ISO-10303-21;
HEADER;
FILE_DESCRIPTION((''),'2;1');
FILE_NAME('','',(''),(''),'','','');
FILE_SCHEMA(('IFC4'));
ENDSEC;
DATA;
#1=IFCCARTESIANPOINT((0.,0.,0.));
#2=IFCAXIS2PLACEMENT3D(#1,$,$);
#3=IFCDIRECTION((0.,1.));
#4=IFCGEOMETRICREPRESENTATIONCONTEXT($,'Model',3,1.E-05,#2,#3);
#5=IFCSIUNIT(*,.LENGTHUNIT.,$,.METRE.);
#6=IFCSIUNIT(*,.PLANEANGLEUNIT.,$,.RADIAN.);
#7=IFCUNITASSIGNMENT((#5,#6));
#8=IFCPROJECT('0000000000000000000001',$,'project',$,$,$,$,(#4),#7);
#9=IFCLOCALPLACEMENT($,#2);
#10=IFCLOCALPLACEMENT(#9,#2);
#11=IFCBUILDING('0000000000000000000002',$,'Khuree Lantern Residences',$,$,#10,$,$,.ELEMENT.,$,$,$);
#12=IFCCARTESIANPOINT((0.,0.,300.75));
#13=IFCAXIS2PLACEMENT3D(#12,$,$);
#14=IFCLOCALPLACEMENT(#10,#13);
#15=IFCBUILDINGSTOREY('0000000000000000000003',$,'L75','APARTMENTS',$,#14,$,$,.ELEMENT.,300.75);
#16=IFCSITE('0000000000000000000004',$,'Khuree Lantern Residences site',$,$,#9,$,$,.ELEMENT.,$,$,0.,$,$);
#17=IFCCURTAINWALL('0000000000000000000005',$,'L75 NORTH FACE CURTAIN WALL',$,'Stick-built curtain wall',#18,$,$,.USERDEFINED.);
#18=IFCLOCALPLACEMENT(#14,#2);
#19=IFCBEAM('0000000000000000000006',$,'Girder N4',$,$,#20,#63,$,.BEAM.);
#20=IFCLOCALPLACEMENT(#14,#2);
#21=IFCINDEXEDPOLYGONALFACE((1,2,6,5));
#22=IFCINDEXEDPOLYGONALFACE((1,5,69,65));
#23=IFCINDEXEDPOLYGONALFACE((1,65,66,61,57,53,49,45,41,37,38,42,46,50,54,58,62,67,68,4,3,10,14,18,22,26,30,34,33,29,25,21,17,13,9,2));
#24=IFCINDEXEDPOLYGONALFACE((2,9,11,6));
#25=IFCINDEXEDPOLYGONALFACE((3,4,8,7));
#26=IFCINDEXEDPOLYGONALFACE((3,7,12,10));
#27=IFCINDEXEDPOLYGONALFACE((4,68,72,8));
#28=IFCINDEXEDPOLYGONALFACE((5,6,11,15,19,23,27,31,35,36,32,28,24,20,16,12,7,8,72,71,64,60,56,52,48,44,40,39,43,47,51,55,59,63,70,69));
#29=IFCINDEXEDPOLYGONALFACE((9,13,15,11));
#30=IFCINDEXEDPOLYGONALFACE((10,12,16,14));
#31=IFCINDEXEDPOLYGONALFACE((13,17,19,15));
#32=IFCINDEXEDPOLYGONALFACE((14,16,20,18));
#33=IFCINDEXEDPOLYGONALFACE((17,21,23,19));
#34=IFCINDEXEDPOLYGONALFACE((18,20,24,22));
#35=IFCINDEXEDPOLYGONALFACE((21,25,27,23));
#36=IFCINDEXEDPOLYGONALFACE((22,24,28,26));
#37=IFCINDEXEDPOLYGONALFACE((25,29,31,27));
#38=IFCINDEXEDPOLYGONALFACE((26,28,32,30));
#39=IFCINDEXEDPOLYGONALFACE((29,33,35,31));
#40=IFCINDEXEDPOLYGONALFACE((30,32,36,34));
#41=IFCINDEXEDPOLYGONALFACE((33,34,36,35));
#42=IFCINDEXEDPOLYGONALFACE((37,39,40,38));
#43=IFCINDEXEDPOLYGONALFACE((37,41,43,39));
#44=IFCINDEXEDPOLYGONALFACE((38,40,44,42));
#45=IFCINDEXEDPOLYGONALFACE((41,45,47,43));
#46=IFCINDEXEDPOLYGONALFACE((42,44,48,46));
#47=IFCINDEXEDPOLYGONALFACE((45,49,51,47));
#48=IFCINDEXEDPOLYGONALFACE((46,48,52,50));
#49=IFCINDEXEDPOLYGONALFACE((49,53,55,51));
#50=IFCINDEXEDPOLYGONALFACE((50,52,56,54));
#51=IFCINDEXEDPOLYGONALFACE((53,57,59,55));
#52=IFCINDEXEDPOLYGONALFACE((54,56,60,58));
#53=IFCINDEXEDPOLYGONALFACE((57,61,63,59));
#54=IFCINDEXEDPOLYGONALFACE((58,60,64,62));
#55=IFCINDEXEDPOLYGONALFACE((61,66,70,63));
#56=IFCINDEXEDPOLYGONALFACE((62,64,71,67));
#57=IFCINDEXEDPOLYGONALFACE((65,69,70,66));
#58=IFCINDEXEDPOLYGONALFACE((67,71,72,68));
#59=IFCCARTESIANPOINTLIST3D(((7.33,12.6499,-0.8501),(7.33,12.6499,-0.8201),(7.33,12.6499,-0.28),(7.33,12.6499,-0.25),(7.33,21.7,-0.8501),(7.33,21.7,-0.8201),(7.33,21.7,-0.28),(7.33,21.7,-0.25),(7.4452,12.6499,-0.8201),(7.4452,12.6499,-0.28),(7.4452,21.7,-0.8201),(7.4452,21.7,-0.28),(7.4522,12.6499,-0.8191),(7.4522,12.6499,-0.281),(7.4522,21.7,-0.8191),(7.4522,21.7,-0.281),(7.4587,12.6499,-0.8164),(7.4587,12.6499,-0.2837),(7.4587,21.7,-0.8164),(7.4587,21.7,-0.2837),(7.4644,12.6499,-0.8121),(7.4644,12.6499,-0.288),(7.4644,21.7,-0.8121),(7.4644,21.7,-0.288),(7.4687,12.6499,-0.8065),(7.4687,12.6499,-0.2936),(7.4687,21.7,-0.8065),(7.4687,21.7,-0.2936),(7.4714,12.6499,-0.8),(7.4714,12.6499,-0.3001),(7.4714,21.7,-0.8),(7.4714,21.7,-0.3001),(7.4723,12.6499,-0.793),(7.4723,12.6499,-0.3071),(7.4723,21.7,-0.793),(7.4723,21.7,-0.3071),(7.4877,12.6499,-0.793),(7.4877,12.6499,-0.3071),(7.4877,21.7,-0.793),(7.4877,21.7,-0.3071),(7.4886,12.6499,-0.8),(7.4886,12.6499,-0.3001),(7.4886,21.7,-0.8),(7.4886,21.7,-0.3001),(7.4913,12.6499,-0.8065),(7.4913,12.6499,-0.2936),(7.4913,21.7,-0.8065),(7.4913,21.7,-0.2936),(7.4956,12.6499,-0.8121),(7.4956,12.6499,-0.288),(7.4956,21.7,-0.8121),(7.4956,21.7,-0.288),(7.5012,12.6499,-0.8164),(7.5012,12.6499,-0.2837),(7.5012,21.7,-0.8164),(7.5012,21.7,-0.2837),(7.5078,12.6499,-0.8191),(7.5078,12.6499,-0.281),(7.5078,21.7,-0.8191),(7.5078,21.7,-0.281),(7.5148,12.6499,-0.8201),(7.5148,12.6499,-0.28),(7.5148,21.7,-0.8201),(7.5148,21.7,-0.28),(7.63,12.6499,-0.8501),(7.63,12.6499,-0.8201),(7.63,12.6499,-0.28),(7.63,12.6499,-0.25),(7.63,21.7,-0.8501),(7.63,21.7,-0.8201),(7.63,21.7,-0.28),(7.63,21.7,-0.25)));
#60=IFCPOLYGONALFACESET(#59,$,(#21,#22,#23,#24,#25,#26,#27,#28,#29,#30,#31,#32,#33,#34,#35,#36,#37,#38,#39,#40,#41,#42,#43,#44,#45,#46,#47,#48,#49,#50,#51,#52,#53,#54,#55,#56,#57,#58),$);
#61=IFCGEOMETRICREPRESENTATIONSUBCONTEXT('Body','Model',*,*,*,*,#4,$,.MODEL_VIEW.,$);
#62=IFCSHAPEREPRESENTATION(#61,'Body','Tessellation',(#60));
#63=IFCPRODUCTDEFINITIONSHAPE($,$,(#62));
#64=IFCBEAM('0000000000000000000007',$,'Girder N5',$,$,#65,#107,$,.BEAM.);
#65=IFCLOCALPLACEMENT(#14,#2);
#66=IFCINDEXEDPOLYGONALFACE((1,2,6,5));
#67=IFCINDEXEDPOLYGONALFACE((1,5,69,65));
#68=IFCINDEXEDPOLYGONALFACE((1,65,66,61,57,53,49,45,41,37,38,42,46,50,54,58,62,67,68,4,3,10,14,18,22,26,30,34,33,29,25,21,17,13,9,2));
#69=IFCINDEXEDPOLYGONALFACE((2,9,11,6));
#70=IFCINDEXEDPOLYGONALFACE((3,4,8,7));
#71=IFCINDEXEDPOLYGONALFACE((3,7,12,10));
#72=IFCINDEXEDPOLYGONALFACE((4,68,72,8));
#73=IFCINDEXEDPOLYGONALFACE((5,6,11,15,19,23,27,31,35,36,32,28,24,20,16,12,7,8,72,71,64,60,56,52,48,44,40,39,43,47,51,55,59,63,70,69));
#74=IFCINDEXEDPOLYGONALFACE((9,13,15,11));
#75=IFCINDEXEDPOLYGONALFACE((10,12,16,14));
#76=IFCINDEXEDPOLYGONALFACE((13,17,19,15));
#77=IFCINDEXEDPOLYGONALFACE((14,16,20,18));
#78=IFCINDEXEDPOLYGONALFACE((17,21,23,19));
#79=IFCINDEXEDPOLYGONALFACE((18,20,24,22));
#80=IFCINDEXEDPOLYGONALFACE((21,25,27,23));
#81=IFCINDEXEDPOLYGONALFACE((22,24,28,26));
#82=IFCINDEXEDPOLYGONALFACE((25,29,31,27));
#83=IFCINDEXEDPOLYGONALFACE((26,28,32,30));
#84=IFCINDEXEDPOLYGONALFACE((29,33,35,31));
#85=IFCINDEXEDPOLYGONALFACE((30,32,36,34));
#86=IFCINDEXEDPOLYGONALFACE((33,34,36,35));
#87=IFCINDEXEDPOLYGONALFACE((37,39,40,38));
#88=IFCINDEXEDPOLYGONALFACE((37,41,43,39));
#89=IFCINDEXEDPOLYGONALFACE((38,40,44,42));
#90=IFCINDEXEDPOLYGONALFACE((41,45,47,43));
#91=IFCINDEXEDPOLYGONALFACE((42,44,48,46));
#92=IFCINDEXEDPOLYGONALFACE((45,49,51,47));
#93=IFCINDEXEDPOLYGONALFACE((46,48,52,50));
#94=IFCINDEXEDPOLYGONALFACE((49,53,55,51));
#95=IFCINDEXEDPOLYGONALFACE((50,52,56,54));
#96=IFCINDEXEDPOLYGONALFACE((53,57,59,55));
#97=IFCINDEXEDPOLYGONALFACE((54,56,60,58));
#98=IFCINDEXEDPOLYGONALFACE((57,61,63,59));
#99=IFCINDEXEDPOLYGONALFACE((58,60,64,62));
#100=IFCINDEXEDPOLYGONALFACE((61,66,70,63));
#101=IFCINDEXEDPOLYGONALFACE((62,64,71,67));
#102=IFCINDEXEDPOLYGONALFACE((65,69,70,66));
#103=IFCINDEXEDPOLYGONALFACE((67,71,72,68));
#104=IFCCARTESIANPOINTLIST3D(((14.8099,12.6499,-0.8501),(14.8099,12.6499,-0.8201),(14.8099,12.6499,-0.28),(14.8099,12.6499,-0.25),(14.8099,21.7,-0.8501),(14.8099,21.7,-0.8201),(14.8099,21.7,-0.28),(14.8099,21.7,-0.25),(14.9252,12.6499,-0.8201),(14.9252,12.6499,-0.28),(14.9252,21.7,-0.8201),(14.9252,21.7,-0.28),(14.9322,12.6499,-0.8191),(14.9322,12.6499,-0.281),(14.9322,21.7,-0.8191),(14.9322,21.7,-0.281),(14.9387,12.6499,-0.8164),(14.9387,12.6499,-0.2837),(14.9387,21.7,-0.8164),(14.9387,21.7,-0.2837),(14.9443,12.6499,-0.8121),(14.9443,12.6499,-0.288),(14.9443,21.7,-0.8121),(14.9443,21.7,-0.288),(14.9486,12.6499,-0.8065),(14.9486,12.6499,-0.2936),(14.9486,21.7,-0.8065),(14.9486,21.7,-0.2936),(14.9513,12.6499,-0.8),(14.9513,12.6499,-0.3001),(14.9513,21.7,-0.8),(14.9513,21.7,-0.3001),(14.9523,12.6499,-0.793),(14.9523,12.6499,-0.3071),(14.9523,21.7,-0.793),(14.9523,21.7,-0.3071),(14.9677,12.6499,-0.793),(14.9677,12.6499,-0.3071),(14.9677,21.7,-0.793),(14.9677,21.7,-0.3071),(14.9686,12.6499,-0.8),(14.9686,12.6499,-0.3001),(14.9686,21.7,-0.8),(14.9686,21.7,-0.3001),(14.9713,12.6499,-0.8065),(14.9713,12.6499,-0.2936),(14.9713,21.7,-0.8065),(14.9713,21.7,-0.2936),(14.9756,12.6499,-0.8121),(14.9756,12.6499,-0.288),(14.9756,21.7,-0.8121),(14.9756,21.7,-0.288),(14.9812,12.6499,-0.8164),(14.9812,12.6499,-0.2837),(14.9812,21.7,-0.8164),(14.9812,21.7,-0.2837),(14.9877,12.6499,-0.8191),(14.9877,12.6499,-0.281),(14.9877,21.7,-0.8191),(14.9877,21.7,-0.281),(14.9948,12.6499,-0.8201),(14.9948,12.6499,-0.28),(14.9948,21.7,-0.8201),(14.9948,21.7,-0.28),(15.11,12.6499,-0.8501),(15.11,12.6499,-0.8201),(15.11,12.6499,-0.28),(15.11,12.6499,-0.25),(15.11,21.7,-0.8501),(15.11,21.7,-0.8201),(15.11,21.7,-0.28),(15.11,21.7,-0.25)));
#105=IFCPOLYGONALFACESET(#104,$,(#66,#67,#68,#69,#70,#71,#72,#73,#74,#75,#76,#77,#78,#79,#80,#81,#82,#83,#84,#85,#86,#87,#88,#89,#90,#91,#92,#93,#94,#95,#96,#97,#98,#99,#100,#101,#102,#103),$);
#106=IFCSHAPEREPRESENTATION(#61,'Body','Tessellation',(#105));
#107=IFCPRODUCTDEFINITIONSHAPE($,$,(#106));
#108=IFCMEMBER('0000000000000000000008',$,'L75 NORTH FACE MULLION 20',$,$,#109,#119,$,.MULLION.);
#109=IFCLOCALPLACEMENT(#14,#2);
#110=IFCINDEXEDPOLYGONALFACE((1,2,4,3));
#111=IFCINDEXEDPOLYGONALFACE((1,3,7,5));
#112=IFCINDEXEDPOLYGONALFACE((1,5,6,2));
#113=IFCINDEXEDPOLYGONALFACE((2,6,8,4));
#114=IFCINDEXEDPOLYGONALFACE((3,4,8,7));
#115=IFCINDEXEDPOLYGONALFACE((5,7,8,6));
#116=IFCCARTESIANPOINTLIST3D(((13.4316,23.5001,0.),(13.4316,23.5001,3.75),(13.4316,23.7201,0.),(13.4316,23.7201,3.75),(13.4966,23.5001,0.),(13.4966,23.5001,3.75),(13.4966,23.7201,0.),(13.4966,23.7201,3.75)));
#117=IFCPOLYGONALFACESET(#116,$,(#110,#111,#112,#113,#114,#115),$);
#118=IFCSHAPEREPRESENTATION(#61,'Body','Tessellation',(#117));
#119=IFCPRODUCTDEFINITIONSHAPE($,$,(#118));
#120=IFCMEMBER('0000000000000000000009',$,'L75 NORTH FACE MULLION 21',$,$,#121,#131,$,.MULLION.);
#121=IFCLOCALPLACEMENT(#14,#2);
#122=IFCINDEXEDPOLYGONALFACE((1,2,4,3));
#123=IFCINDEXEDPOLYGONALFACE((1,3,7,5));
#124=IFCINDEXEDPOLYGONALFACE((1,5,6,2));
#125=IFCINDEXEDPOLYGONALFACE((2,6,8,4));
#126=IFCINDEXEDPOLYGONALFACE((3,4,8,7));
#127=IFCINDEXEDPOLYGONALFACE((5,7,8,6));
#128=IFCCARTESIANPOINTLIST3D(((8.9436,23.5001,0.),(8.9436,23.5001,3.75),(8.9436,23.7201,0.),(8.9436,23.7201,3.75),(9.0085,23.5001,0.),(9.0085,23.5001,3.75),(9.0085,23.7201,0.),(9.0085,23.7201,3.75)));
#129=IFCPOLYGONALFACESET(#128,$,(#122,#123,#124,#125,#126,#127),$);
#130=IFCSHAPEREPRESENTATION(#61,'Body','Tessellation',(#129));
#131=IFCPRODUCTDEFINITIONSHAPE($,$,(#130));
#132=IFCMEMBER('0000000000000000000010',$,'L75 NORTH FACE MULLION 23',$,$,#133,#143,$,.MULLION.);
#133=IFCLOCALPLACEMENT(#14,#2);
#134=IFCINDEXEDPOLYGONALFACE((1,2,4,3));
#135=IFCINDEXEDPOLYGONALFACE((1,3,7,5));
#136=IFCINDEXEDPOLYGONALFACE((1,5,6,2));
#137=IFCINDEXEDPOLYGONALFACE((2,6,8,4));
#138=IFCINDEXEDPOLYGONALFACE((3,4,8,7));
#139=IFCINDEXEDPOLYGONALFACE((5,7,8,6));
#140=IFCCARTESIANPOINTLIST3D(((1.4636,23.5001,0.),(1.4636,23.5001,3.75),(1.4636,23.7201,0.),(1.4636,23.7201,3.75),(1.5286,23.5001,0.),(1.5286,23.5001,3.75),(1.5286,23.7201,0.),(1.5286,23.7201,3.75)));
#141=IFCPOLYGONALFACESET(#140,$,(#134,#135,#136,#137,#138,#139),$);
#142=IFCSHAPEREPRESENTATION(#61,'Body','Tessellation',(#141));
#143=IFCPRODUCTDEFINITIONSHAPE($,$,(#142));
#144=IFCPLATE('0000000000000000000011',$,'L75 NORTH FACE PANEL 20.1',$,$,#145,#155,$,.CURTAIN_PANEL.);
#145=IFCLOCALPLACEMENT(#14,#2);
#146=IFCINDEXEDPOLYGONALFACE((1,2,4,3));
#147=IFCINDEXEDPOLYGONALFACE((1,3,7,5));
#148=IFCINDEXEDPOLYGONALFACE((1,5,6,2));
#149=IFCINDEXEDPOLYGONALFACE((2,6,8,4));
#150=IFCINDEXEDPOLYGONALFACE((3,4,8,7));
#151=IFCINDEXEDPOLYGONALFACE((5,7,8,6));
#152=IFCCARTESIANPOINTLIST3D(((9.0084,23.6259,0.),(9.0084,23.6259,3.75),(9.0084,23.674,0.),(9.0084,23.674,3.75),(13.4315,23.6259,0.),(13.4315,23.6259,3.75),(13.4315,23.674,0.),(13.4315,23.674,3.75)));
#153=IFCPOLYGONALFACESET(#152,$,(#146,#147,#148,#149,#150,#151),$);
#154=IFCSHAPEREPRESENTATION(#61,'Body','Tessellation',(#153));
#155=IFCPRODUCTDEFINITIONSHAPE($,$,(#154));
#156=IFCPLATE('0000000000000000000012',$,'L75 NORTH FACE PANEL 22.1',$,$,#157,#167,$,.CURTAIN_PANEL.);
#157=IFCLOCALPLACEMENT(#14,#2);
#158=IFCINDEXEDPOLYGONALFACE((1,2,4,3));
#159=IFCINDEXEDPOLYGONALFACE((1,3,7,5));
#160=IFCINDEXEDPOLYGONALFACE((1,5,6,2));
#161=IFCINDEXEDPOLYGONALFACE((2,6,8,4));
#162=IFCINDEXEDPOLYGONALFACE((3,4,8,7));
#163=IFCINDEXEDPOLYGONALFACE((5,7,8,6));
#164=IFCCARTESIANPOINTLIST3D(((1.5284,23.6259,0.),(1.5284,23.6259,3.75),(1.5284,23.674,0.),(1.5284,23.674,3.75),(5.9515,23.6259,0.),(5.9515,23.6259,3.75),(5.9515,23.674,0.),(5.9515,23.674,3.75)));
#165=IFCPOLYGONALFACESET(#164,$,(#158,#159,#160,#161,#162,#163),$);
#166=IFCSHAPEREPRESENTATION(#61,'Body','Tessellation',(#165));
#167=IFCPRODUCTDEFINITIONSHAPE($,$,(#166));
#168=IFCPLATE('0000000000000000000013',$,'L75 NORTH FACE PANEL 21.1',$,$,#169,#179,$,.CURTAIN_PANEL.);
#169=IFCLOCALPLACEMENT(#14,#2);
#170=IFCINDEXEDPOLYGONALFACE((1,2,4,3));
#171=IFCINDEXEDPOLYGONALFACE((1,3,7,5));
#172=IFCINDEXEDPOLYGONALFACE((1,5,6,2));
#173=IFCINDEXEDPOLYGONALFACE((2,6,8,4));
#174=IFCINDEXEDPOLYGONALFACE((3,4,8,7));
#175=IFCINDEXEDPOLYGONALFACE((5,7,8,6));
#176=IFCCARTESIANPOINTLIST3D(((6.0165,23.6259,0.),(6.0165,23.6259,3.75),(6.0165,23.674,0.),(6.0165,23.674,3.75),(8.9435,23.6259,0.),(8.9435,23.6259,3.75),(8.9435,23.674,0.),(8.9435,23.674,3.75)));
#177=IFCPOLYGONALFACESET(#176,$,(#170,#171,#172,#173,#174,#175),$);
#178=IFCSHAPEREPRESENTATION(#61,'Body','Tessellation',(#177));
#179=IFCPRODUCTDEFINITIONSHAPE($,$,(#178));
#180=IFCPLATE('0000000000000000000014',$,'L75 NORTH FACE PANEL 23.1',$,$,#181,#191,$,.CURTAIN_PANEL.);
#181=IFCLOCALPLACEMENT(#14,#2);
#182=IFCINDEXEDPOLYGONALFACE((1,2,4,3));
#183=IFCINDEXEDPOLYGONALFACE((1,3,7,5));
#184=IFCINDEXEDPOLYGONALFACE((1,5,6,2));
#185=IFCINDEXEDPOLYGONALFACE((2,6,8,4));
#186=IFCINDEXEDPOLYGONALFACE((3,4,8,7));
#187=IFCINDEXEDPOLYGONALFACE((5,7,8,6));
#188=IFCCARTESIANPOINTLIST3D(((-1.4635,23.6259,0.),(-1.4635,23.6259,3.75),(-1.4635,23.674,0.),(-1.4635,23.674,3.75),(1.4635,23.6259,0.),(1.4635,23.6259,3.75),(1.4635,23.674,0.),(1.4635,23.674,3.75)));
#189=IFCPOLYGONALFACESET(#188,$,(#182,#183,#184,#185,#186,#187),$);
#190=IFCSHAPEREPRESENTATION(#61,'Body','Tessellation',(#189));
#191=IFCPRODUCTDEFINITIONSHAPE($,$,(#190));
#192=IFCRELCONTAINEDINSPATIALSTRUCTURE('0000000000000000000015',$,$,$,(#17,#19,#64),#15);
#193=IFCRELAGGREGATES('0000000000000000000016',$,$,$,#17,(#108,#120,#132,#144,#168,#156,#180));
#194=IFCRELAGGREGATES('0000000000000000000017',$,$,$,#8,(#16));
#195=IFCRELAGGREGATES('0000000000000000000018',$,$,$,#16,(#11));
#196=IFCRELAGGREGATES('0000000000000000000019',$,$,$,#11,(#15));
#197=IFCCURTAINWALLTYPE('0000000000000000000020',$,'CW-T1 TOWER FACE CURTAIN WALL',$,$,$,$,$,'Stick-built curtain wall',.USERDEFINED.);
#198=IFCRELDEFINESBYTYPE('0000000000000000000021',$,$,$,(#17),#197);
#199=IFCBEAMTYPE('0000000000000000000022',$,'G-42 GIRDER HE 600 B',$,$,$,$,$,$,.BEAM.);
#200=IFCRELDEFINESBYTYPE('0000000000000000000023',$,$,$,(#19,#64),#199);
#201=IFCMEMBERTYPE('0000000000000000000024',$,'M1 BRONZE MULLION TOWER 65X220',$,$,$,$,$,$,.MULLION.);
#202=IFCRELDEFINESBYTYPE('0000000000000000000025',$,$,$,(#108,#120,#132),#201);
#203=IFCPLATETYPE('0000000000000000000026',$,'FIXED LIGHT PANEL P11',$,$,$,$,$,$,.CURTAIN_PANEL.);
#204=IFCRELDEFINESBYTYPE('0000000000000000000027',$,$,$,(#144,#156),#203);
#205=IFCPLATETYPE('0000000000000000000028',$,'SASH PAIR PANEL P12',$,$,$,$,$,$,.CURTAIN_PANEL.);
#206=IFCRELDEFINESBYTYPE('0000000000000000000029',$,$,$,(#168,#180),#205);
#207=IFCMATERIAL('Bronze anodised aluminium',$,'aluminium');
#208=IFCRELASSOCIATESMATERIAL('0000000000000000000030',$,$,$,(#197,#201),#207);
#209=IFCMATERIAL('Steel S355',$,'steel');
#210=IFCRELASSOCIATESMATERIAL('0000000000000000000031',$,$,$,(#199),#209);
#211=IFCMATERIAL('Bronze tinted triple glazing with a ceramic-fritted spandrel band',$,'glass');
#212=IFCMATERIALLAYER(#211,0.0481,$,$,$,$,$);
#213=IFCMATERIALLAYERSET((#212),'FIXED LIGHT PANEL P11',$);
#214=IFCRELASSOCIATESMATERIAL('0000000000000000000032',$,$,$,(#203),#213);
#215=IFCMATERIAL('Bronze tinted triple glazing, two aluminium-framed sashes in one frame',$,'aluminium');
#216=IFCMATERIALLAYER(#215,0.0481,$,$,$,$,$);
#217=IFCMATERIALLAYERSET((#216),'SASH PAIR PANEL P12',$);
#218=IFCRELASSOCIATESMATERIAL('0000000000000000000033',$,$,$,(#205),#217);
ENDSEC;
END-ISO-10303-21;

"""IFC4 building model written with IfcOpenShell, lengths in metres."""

from ifc_helpers import new_model, si_unit, direction, frame, origin, origin_2d, place, context, subcontext, project, spatial, rectangle, i_section, extrude, material, layer, layer_set, material_profile, profile_set, type_object, element, aggregate, save


model = new_model("IFC4")

# Units and contexts
model_context = context("Model", 3, precision=1e-05, world=origin(), true_north=direction((0.0, 1.0)))
body_context = subcontext(model_context, "Body", "Model", "MODEL_VIEW")
ifc_project = project(units=[si_unit("LENGTHUNIT", "METRE"), si_unit("PLANEANGLEUNIT", "RADIAN")], contexts=[model_context])

# Site, building, storey
site_placement = place(None, origin())
site = spatial("IfcSite", under=ifc_project, at=site_placement, Name="Khuree Lantern Residences site", CompositionType="ELEMENT", RefElevation=0.0)
building_placement = place(site_placement, origin())
building = spatial("IfcBuilding", under=site, at=building_placement, Name="Khuree Lantern Residences", CompositionType="ELEMENT")
storey_placement = place(building_placement, frame((0.0, 0.0, 300.75)))
storey = spatial("IfcBuildingStorey", under=building, at=storey_placement, Name="L75", Description="APARTMENTS", CompositionType="ELEMENT", Elevation=300.75)

# Shared definitions
ifc_material_1 = material(Name="Steel S355", Category="steel")

# Curtain wall
ifc_material_2 = material(Name="Bronze anodised aluminium", Category="aluminium")
curtain_wall_type = type_object("IfcCurtainWallType", Name="CW-T1 TOWER FACE CURTAIN WALL", ElementType="Stick-built curtain wall", PredefinedType="USERDEFINED", material=ifc_material_2)
curtain_wall_placement = place(storey_placement, origin())
curtain_wall = element("IfcCurtainWall", 1, at=curtain_wall_placement, inside=storey, type_object=curtain_wall_type, Name="L75 NORTH FACE CURTAIN WALL", ObjectType="Stick-built curtain wall", PredefinedType="USERDEFINED")

# Beams
ifc_material_profile_1 = material_profile(ifc_material_1, i_section(OverallWidth=0.3, OverallDepth=0.6001, WebThickness=0.0154, FlangeThickness=0.03, FilletRadius=0.0271, at=origin_2d()), Name="HE 600 B")
ifc_profile_set_1 = profile_set([ifc_material_profile_1], Name="Steel S355")
beam_type_1 = type_object("IfcBeamType", Name="G-42 GIRDER HE 600 B", PredefinedType="BEAM", material=ifc_profile_set_1)
for number, where, z_axis, x_axis, name in (
    (2, (7.48, 21.7, -0.55), (0.0, -1.0, 0.0), (1.0, 0.0, 0.0), "Girder N4"),
    (3, (14.96, 21.7, -0.55), (0.0, -1.0, 0.0), (1.0, 0.0, 0.0), "Girder N5"),
):
    element("IfcBeam", number, at=place(storey_placement, frame(where, z_axis=z_axis, x_axis=x_axis)), inside=storey, type_object=beam_type_1, Name=name, PredefinedType="BEAM", context=body_context, shape_type="SweptSolid", body=[
        extrude(i_section(OverallWidth=0.3, OverallDepth=0.6001, WebThickness=0.0154, FlangeThickness=0.03, FilletRadius=0.0271, at=origin_2d()), origin(), (0.0, 0.0, 1.0), 9.05),
    ])

# Members
ifc_material_profile_2 = material_profile(ifc_material_2, rectangle(XDim=0.0649, YDim=0.22, at=origin_2d()), Name="M1 65X220")
ifc_profile_set_2 = profile_set([ifc_material_profile_2], Name="Bronze anodised aluminium")
member_type_1 = type_object("IfcMemberType", Name="M1 BRONZE MULLION TOWER 65X220", PredefinedType="MULLION", material=ifc_profile_set_2)
member_1_placement = place(storey_placement, frame((13.4641, 23.6101, 0.0), z_axis=(0.0, 0.0, 1.0), x_axis=(-1.0, 0.0, 0.0)))
member_1 = element("IfcMember", 4, at=member_1_placement, type_object=member_type_1, Name="L75 NORTH FACE MULLION 20", PredefinedType="MULLION", context=body_context, shape_type="SweptSolid", body=[
    extrude(rectangle(XDim=0.0649, YDim=0.22, at=origin_2d()), origin(), (0.0, 0.0, 1.0), 3.75),
])
member_2_placement = place(storey_placement, frame((8.9761, 23.6101, 0.0), z_axis=(0.0, 0.0, 1.0), x_axis=(-1.0, 0.0, 0.0)))
member_2 = element("IfcMember", 5, at=member_2_placement, type_object=member_type_1, Name="L75 NORTH FACE MULLION 21", PredefinedType="MULLION", context=body_context, shape_type="SweptSolid", body=[
    extrude(rectangle(XDim=0.0649, YDim=0.22, at=origin_2d()), origin(), (0.0, 0.0, 1.0), 3.75),
])
member_3_placement = place(storey_placement, frame((1.4961, 23.6101, 0.0), z_axis=(0.0, 0.0, 1.0), x_axis=(-1.0, 0.0, 0.0)))
member_3 = element("IfcMember", 6, at=member_3_placement, type_object=member_type_1, Name="L75 NORTH FACE MULLION 23", PredefinedType="MULLION", context=body_context, shape_type="SweptSolid", body=[
    extrude(rectangle(XDim=0.0649, YDim=0.22, at=origin_2d()), origin(), (0.0, 0.0, 1.0), 3.75),
])

# Plates
ifc_material_3 = material(Name="Bronze tinted triple glazing with a ceramic-fritted spandrel band", Category="glass")
ifc_layer_1 = layer(ifc_material_3, 0.0481)
ifc_layer_set_1 = layer_set([ifc_layer_1], Name="FIXED LIGHT PANEL P11")
plate_type_1 = type_object("IfcPlateType", Name="FIXED LIGHT PANEL P11", PredefinedType="CURTAIN_PANEL", material=ifc_layer_set_1)
plate_1_placement = place(storey_placement, frame((11.22, 23.6499, 0.0), z_axis=(0.0, 0.0, 1.0), x_axis=(-1.0, 0.0, 0.0)))
plate_1 = element("IfcPlate", 7, at=plate_1_placement, type_object=plate_type_1, Name="L75 NORTH FACE PANEL 20.1", PredefinedType="CURTAIN_PANEL", context=body_context, shape_type="SweptSolid", body=[
    extrude(rectangle(XDim=4.4231, YDim=0.0481, at=origin_2d()), origin(), (0.0, 0.0, 1.0), 3.75),
])
plate_2_placement = place(storey_placement, frame((3.74, 23.6499, 0.0), z_axis=(0.0, 0.0, 1.0), x_axis=(-1.0, 0.0, 0.0)))
plate_2 = element("IfcPlate", 8, at=plate_2_placement, type_object=plate_type_1, Name="L75 NORTH FACE PANEL 22.1", PredefinedType="CURTAIN_PANEL", context=body_context, shape_type="SweptSolid", body=[
    extrude(rectangle(XDim=4.4231, YDim=0.0481, at=origin_2d()), origin(), (0.0, 0.0, 1.0), 3.75),
])
ifc_material_4 = material(Name="Bronze tinted triple glazing, two aluminium-framed sashes in one frame", Category="aluminium")
ifc_layer_2 = layer(ifc_material_4, 0.0481)
ifc_layer_set_2 = layer_set([ifc_layer_2], Name="SASH PAIR PANEL P12")
plate_type_2 = type_object("IfcPlateType", Name="SASH PAIR PANEL P12", PredefinedType="CURTAIN_PANEL", material=ifc_layer_set_2)
plate_3_placement = place(storey_placement, frame((7.48, 23.6499, 0.0), z_axis=(0.0, 0.0, 1.0), x_axis=(-1.0, 0.0, 0.0)))
plate_3 = element("IfcPlate", 9, at=plate_3_placement, type_object=plate_type_2, Name="L75 NORTH FACE PANEL 21.1", PredefinedType="CURTAIN_PANEL", context=body_context, shape_type="SweptSolid", body=[
    extrude(rectangle(XDim=2.927, YDim=0.0481, at=origin_2d()), origin(), (0.0, 0.0, 1.0), 3.75),
])
plate_4_placement = place(storey_placement, frame((0.0, 23.6499, 0.0), z_axis=(0.0, 0.0, 1.0), x_axis=(-1.0, 0.0, 0.0)))
plate_4 = element("IfcPlate", 10, at=plate_4_placement, type_object=plate_type_2, Name="L75 NORTH FACE PANEL 23.1", PredefinedType="CURTAIN_PANEL", context=body_context, shape_type="SweptSolid", body=[
    extrude(rectangle(XDim=2.927, YDim=0.0481, at=origin_2d()), origin(), (0.0, 0.0, 1.0), 3.75),
])
aggregate(curtain_wall, [member_1, member_2, member_3, plate_1, plate_3, plate_2, plate_4])

save(model, "model.ifc")
